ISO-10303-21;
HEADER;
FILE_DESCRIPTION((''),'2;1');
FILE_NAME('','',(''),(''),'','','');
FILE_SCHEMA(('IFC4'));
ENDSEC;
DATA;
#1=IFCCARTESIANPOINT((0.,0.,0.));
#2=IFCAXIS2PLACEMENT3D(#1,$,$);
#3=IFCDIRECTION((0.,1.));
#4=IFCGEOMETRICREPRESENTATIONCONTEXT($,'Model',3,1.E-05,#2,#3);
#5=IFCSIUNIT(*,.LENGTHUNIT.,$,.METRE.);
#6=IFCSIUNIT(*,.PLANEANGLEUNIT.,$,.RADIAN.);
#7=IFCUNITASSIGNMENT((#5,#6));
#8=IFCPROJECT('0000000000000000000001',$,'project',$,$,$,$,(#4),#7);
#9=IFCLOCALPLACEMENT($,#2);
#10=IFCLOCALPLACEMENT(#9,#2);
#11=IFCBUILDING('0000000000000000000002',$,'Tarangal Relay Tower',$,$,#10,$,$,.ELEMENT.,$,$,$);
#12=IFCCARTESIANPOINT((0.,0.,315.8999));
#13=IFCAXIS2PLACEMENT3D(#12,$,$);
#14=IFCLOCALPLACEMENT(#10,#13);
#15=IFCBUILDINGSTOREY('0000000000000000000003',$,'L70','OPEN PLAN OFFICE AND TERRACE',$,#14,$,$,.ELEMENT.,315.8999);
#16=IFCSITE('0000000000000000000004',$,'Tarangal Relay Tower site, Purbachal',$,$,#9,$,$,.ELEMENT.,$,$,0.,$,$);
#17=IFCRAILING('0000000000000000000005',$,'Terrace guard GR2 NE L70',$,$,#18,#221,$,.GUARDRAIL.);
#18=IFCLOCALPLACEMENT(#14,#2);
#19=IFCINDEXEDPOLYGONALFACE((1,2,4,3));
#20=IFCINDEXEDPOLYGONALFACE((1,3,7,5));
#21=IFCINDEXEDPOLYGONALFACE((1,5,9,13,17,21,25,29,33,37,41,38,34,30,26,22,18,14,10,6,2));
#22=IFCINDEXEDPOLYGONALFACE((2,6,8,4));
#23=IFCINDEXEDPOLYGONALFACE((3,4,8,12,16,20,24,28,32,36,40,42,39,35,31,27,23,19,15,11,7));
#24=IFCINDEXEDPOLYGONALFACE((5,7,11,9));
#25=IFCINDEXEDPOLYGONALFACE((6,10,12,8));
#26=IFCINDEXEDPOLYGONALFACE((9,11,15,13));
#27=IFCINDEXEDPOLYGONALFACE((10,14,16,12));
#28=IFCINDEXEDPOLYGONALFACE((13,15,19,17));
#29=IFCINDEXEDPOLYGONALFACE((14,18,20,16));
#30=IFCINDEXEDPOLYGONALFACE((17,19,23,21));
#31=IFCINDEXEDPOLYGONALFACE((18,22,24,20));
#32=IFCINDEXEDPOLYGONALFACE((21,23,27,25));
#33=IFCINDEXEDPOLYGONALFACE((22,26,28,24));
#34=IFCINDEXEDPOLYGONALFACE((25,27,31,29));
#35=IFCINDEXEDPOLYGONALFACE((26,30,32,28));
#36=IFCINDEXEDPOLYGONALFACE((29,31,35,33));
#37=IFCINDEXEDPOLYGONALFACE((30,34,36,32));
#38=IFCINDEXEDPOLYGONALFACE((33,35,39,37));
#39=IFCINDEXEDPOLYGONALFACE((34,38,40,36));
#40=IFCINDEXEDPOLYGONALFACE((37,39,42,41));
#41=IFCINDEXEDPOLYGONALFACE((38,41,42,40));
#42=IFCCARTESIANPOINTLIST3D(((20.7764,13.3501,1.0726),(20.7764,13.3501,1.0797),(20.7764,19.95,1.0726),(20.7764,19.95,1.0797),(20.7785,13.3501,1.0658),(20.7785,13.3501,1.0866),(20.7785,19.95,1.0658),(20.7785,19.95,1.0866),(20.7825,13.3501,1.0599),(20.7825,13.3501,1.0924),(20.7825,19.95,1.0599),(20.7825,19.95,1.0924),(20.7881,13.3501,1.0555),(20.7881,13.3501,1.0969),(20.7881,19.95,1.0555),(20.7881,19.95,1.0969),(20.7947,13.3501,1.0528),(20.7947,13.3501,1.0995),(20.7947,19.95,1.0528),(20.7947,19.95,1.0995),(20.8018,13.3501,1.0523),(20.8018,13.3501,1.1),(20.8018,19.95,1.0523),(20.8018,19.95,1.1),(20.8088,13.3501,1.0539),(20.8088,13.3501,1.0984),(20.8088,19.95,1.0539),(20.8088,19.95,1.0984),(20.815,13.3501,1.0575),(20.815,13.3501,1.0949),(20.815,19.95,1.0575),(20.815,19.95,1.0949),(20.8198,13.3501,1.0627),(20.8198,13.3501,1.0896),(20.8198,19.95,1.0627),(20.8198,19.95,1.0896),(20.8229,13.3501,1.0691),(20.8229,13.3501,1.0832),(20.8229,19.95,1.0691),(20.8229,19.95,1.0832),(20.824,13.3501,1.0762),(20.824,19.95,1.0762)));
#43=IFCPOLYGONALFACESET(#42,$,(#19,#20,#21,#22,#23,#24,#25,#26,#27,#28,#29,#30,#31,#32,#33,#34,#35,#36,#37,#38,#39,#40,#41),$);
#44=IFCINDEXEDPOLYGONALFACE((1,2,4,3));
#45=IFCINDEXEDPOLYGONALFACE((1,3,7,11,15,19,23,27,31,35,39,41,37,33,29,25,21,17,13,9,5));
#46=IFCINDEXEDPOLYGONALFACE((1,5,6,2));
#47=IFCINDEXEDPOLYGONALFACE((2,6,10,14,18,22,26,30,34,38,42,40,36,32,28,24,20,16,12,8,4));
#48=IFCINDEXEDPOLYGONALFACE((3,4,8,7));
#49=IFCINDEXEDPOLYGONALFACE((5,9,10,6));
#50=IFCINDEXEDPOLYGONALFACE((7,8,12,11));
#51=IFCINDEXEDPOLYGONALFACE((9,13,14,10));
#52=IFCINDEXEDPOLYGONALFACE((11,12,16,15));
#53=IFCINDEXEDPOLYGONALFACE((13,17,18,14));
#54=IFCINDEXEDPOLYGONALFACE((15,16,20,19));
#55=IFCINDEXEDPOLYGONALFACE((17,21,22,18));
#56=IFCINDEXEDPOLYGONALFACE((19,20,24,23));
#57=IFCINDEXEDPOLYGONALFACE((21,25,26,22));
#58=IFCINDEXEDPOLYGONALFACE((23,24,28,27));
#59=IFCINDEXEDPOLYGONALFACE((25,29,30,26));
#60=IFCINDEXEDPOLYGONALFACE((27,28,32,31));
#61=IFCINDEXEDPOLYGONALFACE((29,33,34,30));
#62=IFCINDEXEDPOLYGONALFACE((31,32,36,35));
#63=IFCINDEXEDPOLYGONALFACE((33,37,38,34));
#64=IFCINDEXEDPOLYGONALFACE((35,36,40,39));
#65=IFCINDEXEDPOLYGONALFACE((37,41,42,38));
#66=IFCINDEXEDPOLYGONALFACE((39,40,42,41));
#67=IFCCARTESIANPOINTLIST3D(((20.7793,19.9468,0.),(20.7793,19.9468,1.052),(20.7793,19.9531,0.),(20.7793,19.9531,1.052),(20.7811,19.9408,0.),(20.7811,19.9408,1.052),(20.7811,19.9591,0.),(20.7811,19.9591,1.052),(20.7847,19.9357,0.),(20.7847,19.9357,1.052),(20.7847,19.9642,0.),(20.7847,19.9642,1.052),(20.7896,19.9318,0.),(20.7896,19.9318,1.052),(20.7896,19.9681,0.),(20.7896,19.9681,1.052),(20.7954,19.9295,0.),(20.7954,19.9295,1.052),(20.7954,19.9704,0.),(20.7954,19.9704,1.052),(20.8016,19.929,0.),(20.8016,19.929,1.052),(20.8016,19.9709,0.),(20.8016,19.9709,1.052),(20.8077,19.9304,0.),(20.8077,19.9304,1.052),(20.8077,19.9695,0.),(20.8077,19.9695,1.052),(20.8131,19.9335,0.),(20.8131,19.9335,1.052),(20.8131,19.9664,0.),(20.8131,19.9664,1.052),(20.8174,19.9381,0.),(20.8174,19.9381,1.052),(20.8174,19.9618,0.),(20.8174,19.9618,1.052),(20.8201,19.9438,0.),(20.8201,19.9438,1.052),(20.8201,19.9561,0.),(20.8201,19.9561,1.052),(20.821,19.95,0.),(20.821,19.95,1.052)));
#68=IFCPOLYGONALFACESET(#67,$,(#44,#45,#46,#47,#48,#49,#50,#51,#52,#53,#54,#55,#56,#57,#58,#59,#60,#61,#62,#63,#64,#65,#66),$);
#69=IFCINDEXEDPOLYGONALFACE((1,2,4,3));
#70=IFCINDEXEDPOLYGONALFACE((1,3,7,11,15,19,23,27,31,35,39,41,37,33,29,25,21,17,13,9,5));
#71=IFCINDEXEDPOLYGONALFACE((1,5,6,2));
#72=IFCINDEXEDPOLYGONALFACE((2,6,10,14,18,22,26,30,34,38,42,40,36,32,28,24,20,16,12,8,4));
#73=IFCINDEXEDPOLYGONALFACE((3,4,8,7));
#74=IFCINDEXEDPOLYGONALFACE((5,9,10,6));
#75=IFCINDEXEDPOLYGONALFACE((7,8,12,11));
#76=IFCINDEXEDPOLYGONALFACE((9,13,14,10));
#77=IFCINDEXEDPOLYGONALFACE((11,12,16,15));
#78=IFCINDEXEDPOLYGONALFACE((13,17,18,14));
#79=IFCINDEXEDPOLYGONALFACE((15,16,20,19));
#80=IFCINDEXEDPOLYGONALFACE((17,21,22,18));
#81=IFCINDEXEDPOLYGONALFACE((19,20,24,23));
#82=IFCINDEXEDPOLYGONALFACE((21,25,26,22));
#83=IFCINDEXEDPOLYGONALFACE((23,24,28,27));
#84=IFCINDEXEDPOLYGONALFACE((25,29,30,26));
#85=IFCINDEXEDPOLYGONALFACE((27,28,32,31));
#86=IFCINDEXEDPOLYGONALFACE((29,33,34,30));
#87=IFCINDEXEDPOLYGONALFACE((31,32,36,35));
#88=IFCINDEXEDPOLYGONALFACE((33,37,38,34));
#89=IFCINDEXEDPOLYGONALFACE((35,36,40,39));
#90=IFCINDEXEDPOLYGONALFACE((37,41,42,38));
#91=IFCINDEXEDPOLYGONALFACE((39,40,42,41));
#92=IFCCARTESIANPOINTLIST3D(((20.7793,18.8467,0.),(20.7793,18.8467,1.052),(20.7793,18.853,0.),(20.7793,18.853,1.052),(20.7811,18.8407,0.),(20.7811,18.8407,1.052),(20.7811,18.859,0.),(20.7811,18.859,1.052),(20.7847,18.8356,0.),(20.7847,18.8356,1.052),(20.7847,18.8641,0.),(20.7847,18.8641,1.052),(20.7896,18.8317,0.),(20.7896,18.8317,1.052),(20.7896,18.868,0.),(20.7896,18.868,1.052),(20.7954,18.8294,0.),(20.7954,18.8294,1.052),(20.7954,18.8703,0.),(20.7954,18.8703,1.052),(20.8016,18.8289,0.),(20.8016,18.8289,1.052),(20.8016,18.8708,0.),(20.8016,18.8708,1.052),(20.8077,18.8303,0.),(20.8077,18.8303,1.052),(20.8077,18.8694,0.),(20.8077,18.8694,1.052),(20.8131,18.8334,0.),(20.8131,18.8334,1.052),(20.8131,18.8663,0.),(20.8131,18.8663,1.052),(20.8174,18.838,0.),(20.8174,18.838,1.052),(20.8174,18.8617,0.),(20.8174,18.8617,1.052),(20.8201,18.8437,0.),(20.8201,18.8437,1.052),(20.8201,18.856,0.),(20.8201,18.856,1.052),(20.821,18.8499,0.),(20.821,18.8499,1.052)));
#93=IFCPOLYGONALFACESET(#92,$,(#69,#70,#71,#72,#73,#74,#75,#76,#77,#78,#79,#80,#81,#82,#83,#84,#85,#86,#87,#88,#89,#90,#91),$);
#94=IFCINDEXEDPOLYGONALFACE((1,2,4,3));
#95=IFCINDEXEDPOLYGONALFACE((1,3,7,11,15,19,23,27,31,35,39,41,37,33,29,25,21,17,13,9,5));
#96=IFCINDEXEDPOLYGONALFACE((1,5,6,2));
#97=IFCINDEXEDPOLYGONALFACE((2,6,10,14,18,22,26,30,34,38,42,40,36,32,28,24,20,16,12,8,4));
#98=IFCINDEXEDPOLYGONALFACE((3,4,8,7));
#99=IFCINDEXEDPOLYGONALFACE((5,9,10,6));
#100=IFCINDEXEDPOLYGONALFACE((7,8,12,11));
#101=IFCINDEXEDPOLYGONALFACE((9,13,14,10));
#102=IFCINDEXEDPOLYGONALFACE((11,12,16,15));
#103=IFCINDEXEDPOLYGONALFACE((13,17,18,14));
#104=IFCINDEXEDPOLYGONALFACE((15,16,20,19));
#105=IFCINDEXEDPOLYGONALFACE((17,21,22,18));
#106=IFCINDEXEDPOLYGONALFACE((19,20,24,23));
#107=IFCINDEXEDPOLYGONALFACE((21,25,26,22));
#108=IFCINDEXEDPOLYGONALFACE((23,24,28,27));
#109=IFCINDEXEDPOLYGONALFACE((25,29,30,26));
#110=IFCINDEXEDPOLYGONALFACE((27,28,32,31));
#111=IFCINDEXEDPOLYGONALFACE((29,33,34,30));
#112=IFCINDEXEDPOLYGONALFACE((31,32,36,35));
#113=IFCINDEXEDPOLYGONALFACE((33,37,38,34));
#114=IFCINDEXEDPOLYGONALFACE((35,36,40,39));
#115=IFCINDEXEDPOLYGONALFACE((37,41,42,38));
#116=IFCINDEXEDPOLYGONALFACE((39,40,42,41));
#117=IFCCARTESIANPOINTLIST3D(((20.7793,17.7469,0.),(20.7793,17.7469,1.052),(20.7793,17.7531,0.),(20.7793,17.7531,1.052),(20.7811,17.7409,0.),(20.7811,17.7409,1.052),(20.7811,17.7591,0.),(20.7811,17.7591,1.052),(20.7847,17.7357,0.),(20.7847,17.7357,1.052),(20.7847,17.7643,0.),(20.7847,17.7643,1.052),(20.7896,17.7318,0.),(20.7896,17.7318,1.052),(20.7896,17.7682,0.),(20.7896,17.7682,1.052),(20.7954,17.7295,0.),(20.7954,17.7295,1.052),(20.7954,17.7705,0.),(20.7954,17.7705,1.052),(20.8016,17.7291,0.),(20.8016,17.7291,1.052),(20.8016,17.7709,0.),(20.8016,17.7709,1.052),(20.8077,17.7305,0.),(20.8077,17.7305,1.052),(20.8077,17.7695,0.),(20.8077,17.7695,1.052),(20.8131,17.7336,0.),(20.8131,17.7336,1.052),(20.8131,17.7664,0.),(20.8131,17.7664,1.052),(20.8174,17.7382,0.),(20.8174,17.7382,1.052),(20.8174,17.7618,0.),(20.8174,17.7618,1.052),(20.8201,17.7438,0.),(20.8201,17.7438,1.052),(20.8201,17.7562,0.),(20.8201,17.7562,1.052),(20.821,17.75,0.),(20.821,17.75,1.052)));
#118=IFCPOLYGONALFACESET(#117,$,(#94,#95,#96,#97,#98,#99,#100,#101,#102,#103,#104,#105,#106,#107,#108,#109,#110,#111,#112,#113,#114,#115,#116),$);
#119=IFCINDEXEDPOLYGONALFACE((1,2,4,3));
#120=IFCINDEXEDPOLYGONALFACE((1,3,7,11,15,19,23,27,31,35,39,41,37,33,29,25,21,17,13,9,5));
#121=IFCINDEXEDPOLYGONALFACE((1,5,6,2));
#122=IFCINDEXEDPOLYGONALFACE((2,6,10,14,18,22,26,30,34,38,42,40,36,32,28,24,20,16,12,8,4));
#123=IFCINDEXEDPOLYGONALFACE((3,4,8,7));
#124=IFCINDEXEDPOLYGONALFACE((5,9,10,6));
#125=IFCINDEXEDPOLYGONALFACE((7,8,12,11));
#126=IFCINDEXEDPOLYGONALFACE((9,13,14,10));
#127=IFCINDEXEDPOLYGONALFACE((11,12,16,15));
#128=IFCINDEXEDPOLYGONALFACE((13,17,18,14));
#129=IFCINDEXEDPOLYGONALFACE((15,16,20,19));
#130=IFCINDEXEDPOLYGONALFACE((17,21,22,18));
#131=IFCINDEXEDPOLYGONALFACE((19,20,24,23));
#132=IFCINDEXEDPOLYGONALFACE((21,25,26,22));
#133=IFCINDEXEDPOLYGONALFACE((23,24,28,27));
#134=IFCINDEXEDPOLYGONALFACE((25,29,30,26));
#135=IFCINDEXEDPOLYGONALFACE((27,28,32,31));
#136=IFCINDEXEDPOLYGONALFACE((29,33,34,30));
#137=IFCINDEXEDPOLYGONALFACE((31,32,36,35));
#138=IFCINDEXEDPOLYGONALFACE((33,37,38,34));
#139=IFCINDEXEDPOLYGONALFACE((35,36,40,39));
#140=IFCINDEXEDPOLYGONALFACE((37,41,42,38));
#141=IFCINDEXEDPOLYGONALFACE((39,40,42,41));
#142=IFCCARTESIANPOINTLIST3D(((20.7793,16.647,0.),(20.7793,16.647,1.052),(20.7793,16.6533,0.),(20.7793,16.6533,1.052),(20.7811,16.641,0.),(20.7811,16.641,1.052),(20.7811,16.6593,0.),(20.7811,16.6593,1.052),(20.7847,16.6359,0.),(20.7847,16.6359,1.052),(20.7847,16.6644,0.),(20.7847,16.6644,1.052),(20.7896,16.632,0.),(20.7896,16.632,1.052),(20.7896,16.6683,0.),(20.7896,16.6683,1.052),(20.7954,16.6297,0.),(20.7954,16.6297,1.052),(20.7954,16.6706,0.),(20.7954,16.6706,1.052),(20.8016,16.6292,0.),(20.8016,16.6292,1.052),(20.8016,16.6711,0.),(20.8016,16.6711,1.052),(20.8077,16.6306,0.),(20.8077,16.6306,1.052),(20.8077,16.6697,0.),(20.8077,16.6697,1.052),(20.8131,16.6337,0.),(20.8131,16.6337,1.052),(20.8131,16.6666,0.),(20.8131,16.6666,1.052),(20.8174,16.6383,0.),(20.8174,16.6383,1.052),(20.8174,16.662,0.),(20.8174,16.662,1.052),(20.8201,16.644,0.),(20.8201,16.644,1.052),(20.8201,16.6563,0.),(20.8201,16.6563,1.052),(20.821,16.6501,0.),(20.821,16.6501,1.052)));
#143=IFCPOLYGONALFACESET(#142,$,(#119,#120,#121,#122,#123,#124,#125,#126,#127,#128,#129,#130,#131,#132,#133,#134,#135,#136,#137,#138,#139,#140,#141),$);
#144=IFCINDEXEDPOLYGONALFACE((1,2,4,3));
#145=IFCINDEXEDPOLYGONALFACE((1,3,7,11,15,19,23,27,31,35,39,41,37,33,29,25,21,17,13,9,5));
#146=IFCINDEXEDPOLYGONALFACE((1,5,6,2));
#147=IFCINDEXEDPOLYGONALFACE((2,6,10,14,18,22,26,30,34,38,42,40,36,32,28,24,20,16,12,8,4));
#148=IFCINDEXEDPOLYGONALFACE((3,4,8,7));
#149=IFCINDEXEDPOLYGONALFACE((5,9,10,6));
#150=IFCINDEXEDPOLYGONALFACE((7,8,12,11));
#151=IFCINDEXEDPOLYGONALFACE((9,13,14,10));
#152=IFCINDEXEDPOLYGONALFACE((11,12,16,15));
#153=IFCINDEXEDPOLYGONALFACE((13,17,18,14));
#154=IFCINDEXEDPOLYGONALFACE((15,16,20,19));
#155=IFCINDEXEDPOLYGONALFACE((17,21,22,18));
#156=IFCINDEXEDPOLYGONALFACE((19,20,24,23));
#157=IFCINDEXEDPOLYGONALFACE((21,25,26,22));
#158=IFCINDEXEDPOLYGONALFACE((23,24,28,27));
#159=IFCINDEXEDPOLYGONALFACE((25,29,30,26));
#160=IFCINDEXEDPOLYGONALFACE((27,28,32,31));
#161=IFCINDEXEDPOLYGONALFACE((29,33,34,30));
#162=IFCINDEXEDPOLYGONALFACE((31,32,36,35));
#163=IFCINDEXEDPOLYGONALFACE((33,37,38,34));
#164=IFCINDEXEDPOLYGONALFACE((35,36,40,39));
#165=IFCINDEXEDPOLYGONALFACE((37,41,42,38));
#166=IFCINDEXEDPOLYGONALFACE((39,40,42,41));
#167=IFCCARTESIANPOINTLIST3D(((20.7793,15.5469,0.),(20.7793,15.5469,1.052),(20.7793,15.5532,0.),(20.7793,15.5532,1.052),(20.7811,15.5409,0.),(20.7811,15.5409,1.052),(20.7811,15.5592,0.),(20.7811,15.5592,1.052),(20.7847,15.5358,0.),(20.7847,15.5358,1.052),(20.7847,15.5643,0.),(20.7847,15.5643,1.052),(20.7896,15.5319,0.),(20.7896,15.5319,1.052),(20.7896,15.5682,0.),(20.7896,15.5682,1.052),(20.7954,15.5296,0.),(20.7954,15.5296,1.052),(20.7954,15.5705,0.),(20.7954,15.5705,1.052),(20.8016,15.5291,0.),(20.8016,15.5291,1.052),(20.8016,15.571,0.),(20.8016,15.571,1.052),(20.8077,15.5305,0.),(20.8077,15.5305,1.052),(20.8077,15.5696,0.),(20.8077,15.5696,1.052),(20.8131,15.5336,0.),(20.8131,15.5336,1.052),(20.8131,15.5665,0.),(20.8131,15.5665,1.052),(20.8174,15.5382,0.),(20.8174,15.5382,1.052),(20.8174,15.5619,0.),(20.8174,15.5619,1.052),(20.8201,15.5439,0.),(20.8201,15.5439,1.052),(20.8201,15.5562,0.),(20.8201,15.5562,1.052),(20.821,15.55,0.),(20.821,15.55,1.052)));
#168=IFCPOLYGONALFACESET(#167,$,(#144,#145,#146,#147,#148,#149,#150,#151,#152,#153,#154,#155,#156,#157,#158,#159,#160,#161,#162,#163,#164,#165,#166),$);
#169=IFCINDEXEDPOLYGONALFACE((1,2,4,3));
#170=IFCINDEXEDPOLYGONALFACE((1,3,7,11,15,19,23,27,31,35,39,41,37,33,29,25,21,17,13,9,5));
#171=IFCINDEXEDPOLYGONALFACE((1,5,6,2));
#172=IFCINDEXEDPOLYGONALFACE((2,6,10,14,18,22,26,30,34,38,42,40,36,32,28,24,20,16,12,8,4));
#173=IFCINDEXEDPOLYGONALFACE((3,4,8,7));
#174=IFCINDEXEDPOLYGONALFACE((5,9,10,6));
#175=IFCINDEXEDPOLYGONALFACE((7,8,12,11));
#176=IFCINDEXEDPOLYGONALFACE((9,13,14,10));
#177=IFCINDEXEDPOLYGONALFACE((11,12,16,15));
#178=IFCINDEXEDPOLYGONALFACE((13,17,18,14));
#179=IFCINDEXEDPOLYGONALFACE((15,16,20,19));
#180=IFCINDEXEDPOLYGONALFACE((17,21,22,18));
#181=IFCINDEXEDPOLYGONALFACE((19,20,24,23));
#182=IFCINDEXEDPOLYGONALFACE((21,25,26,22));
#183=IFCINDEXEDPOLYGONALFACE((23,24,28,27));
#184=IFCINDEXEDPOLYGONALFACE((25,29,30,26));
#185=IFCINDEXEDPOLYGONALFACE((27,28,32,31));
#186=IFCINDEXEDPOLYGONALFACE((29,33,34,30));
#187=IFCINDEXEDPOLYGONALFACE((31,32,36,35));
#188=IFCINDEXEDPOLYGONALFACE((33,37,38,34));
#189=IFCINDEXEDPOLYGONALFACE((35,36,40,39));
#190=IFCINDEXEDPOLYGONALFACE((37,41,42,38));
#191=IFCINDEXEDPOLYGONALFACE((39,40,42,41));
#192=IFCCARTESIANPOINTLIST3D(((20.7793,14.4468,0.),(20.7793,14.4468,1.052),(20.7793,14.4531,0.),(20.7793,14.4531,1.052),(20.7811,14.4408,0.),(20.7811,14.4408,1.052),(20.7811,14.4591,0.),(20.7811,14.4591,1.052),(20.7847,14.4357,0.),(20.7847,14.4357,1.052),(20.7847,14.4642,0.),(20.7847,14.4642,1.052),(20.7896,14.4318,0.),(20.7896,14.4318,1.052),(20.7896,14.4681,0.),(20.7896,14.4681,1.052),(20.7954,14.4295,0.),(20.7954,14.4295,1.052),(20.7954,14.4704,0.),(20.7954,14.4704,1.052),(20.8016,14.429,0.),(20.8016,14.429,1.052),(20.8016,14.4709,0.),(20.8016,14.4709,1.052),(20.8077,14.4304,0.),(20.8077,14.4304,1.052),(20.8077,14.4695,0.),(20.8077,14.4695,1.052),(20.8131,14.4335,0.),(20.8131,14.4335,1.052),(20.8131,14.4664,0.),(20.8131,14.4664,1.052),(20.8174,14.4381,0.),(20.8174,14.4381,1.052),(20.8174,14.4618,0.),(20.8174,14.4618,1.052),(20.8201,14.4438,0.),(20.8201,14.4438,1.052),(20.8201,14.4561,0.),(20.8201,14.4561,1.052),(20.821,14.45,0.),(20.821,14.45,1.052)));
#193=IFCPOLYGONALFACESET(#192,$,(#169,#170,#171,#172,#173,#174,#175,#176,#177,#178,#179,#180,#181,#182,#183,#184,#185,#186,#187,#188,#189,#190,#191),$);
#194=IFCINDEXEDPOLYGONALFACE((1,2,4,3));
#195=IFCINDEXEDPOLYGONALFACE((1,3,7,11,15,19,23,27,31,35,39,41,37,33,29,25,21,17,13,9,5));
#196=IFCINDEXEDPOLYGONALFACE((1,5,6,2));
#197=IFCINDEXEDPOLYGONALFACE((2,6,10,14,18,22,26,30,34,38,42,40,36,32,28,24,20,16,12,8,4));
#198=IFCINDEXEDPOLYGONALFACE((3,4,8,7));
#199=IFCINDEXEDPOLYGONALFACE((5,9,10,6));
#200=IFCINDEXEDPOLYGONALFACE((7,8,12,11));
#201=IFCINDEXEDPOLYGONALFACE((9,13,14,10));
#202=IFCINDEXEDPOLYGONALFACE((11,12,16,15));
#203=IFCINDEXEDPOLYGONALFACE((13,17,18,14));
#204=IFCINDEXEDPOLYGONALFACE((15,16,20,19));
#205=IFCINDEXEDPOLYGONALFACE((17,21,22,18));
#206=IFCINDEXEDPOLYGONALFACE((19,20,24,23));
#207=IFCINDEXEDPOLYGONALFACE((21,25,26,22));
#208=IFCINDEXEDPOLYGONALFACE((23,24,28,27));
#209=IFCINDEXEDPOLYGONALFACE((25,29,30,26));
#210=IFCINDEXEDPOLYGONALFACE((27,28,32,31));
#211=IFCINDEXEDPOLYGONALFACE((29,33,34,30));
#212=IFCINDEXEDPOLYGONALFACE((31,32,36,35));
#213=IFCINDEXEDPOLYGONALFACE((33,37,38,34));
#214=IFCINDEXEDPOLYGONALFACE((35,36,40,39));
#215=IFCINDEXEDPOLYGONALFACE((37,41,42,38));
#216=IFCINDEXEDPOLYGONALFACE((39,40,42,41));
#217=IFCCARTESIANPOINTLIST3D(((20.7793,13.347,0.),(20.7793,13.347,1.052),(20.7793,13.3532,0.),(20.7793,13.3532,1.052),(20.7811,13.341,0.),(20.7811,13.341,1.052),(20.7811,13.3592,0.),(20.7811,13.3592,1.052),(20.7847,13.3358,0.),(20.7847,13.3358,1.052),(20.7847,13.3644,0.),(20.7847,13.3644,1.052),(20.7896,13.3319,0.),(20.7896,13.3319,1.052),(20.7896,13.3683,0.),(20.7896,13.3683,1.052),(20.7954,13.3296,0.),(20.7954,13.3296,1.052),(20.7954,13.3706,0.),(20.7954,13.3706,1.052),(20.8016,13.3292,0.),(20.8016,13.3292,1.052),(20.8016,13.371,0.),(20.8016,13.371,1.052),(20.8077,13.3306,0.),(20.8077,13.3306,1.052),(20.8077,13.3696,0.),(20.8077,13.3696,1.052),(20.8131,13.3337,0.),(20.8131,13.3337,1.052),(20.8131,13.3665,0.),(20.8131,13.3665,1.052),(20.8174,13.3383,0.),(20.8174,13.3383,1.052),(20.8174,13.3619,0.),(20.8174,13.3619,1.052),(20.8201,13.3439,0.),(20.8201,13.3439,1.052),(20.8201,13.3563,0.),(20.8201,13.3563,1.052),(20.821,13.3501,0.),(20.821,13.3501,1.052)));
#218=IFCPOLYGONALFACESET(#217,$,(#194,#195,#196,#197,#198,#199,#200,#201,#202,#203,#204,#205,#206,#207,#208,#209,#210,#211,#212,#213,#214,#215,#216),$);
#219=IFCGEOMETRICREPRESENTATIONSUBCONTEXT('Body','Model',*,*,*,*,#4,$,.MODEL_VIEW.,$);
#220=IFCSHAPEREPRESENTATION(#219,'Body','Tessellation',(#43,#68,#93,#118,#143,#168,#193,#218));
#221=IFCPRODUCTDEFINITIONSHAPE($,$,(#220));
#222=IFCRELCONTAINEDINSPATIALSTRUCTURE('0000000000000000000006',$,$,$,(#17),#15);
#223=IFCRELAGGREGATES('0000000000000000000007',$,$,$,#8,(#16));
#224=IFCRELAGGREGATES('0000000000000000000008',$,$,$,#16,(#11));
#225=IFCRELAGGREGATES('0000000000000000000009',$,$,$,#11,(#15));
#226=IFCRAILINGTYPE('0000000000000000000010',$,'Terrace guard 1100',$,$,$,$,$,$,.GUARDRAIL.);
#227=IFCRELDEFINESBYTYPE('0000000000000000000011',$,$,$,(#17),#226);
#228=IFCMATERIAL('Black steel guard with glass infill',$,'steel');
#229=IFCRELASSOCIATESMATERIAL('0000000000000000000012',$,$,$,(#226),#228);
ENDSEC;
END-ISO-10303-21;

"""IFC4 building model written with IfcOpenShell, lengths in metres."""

from ifc_helpers import new_model, si_unit, direction, frame, origin, origin_2d, place, context, subcontext, project, spatial, circle, extrude, material, type_object, element, save


model = new_model("IFC4")

# Units and contexts
model_context = context("Model", 3, precision=1e-05, world=origin(), true_north=direction((0.0, 1.0)))
body_context = subcontext(model_context, "Body", "Model", "MODEL_VIEW")
ifc_project = project(units=[si_unit("LENGTHUNIT", "METRE"), si_unit("PLANEANGLEUNIT", "RADIAN")], contexts=[model_context])

# Site, building, storey
site_placement = place(None, origin())
site = spatial("IfcSite", under=ifc_project, at=site_placement, Name="Tarangal Relay Tower site, Purbachal", CompositionType="ELEMENT", RefElevation=0.0)
building_placement = place(site_placement, origin())
building = spatial("IfcBuilding", under=site, at=building_placement, Name="Tarangal Relay Tower", CompositionType="ELEMENT")
storey_placement = place(building_placement, frame((0.0, 0.0, 315.8999)))
storey = spatial("IfcBuildingStorey", under=building, at=storey_placement, Name="L70", Description="OPEN PLAN OFFICE AND TERRACE", CompositionType="ELEMENT", Elevation=315.8999)

# Railing
ifc_material_1 = material(Name="Black steel guard with glass infill", Category="steel")
railing_type = type_object("IfcRailingType", Name="Terrace guard 1100", PredefinedType="GUARDRAIL", material=ifc_material_1)
railing_1_placement = place(storey_placement, frame((20.8, 19.95, 0.0)))
element("IfcRailing", 1, at=railing_1_placement, inside=storey, type_object=railing_type, Name="Terrace guard GR2 NE L70", PredefinedType="GUARDRAIL", context=body_context, shape_type="SweptSolid", body=[
    extrude(circle(Radius=0.0239, at=origin_2d()), frame((0.0, 0.0, 1.0762), z_axis=(0.0, -1.0, 0.0), x_axis=(1.0, 0.0, 0.0)), (0.0, 0.0, 1.0), 6.5999),
    extrude(circle(Radius=0.021, at=origin_2d()), origin(), (0.0, 0.0, 1.0), 1.052),
    extrude(circle(Radius=0.021, at=origin_2d()), frame((0.0, -1.1001, 0.0)), (0.0, 0.0, 1.0), 1.052),
    extrude(circle(Radius=0.021, at=origin_2d()), frame((0.0, -2.2, 0.0)), (0.0, 0.0, 1.0), 1.052),
    extrude(circle(Radius=0.021, at=origin_2d()), frame((0.0, -3.2998, 0.0)), (0.0, 0.0, 1.0), 1.052),
    extrude(circle(Radius=0.021, at=origin_2d()), frame((0.0, -4.3999, 0.0)), (0.0, 0.0, 1.0), 1.052),
    extrude(circle(Radius=0.021, at=origin_2d()), frame((0.0, -5.5, 0.0)), (0.0, 0.0, 1.0), 1.052),
    extrude(circle(Radius=0.021, at=origin_2d()), frame((0.0, -6.5999, 0.0)), (0.0, 0.0, 1.0), 1.052),
])

save(model, "model.ifc")
